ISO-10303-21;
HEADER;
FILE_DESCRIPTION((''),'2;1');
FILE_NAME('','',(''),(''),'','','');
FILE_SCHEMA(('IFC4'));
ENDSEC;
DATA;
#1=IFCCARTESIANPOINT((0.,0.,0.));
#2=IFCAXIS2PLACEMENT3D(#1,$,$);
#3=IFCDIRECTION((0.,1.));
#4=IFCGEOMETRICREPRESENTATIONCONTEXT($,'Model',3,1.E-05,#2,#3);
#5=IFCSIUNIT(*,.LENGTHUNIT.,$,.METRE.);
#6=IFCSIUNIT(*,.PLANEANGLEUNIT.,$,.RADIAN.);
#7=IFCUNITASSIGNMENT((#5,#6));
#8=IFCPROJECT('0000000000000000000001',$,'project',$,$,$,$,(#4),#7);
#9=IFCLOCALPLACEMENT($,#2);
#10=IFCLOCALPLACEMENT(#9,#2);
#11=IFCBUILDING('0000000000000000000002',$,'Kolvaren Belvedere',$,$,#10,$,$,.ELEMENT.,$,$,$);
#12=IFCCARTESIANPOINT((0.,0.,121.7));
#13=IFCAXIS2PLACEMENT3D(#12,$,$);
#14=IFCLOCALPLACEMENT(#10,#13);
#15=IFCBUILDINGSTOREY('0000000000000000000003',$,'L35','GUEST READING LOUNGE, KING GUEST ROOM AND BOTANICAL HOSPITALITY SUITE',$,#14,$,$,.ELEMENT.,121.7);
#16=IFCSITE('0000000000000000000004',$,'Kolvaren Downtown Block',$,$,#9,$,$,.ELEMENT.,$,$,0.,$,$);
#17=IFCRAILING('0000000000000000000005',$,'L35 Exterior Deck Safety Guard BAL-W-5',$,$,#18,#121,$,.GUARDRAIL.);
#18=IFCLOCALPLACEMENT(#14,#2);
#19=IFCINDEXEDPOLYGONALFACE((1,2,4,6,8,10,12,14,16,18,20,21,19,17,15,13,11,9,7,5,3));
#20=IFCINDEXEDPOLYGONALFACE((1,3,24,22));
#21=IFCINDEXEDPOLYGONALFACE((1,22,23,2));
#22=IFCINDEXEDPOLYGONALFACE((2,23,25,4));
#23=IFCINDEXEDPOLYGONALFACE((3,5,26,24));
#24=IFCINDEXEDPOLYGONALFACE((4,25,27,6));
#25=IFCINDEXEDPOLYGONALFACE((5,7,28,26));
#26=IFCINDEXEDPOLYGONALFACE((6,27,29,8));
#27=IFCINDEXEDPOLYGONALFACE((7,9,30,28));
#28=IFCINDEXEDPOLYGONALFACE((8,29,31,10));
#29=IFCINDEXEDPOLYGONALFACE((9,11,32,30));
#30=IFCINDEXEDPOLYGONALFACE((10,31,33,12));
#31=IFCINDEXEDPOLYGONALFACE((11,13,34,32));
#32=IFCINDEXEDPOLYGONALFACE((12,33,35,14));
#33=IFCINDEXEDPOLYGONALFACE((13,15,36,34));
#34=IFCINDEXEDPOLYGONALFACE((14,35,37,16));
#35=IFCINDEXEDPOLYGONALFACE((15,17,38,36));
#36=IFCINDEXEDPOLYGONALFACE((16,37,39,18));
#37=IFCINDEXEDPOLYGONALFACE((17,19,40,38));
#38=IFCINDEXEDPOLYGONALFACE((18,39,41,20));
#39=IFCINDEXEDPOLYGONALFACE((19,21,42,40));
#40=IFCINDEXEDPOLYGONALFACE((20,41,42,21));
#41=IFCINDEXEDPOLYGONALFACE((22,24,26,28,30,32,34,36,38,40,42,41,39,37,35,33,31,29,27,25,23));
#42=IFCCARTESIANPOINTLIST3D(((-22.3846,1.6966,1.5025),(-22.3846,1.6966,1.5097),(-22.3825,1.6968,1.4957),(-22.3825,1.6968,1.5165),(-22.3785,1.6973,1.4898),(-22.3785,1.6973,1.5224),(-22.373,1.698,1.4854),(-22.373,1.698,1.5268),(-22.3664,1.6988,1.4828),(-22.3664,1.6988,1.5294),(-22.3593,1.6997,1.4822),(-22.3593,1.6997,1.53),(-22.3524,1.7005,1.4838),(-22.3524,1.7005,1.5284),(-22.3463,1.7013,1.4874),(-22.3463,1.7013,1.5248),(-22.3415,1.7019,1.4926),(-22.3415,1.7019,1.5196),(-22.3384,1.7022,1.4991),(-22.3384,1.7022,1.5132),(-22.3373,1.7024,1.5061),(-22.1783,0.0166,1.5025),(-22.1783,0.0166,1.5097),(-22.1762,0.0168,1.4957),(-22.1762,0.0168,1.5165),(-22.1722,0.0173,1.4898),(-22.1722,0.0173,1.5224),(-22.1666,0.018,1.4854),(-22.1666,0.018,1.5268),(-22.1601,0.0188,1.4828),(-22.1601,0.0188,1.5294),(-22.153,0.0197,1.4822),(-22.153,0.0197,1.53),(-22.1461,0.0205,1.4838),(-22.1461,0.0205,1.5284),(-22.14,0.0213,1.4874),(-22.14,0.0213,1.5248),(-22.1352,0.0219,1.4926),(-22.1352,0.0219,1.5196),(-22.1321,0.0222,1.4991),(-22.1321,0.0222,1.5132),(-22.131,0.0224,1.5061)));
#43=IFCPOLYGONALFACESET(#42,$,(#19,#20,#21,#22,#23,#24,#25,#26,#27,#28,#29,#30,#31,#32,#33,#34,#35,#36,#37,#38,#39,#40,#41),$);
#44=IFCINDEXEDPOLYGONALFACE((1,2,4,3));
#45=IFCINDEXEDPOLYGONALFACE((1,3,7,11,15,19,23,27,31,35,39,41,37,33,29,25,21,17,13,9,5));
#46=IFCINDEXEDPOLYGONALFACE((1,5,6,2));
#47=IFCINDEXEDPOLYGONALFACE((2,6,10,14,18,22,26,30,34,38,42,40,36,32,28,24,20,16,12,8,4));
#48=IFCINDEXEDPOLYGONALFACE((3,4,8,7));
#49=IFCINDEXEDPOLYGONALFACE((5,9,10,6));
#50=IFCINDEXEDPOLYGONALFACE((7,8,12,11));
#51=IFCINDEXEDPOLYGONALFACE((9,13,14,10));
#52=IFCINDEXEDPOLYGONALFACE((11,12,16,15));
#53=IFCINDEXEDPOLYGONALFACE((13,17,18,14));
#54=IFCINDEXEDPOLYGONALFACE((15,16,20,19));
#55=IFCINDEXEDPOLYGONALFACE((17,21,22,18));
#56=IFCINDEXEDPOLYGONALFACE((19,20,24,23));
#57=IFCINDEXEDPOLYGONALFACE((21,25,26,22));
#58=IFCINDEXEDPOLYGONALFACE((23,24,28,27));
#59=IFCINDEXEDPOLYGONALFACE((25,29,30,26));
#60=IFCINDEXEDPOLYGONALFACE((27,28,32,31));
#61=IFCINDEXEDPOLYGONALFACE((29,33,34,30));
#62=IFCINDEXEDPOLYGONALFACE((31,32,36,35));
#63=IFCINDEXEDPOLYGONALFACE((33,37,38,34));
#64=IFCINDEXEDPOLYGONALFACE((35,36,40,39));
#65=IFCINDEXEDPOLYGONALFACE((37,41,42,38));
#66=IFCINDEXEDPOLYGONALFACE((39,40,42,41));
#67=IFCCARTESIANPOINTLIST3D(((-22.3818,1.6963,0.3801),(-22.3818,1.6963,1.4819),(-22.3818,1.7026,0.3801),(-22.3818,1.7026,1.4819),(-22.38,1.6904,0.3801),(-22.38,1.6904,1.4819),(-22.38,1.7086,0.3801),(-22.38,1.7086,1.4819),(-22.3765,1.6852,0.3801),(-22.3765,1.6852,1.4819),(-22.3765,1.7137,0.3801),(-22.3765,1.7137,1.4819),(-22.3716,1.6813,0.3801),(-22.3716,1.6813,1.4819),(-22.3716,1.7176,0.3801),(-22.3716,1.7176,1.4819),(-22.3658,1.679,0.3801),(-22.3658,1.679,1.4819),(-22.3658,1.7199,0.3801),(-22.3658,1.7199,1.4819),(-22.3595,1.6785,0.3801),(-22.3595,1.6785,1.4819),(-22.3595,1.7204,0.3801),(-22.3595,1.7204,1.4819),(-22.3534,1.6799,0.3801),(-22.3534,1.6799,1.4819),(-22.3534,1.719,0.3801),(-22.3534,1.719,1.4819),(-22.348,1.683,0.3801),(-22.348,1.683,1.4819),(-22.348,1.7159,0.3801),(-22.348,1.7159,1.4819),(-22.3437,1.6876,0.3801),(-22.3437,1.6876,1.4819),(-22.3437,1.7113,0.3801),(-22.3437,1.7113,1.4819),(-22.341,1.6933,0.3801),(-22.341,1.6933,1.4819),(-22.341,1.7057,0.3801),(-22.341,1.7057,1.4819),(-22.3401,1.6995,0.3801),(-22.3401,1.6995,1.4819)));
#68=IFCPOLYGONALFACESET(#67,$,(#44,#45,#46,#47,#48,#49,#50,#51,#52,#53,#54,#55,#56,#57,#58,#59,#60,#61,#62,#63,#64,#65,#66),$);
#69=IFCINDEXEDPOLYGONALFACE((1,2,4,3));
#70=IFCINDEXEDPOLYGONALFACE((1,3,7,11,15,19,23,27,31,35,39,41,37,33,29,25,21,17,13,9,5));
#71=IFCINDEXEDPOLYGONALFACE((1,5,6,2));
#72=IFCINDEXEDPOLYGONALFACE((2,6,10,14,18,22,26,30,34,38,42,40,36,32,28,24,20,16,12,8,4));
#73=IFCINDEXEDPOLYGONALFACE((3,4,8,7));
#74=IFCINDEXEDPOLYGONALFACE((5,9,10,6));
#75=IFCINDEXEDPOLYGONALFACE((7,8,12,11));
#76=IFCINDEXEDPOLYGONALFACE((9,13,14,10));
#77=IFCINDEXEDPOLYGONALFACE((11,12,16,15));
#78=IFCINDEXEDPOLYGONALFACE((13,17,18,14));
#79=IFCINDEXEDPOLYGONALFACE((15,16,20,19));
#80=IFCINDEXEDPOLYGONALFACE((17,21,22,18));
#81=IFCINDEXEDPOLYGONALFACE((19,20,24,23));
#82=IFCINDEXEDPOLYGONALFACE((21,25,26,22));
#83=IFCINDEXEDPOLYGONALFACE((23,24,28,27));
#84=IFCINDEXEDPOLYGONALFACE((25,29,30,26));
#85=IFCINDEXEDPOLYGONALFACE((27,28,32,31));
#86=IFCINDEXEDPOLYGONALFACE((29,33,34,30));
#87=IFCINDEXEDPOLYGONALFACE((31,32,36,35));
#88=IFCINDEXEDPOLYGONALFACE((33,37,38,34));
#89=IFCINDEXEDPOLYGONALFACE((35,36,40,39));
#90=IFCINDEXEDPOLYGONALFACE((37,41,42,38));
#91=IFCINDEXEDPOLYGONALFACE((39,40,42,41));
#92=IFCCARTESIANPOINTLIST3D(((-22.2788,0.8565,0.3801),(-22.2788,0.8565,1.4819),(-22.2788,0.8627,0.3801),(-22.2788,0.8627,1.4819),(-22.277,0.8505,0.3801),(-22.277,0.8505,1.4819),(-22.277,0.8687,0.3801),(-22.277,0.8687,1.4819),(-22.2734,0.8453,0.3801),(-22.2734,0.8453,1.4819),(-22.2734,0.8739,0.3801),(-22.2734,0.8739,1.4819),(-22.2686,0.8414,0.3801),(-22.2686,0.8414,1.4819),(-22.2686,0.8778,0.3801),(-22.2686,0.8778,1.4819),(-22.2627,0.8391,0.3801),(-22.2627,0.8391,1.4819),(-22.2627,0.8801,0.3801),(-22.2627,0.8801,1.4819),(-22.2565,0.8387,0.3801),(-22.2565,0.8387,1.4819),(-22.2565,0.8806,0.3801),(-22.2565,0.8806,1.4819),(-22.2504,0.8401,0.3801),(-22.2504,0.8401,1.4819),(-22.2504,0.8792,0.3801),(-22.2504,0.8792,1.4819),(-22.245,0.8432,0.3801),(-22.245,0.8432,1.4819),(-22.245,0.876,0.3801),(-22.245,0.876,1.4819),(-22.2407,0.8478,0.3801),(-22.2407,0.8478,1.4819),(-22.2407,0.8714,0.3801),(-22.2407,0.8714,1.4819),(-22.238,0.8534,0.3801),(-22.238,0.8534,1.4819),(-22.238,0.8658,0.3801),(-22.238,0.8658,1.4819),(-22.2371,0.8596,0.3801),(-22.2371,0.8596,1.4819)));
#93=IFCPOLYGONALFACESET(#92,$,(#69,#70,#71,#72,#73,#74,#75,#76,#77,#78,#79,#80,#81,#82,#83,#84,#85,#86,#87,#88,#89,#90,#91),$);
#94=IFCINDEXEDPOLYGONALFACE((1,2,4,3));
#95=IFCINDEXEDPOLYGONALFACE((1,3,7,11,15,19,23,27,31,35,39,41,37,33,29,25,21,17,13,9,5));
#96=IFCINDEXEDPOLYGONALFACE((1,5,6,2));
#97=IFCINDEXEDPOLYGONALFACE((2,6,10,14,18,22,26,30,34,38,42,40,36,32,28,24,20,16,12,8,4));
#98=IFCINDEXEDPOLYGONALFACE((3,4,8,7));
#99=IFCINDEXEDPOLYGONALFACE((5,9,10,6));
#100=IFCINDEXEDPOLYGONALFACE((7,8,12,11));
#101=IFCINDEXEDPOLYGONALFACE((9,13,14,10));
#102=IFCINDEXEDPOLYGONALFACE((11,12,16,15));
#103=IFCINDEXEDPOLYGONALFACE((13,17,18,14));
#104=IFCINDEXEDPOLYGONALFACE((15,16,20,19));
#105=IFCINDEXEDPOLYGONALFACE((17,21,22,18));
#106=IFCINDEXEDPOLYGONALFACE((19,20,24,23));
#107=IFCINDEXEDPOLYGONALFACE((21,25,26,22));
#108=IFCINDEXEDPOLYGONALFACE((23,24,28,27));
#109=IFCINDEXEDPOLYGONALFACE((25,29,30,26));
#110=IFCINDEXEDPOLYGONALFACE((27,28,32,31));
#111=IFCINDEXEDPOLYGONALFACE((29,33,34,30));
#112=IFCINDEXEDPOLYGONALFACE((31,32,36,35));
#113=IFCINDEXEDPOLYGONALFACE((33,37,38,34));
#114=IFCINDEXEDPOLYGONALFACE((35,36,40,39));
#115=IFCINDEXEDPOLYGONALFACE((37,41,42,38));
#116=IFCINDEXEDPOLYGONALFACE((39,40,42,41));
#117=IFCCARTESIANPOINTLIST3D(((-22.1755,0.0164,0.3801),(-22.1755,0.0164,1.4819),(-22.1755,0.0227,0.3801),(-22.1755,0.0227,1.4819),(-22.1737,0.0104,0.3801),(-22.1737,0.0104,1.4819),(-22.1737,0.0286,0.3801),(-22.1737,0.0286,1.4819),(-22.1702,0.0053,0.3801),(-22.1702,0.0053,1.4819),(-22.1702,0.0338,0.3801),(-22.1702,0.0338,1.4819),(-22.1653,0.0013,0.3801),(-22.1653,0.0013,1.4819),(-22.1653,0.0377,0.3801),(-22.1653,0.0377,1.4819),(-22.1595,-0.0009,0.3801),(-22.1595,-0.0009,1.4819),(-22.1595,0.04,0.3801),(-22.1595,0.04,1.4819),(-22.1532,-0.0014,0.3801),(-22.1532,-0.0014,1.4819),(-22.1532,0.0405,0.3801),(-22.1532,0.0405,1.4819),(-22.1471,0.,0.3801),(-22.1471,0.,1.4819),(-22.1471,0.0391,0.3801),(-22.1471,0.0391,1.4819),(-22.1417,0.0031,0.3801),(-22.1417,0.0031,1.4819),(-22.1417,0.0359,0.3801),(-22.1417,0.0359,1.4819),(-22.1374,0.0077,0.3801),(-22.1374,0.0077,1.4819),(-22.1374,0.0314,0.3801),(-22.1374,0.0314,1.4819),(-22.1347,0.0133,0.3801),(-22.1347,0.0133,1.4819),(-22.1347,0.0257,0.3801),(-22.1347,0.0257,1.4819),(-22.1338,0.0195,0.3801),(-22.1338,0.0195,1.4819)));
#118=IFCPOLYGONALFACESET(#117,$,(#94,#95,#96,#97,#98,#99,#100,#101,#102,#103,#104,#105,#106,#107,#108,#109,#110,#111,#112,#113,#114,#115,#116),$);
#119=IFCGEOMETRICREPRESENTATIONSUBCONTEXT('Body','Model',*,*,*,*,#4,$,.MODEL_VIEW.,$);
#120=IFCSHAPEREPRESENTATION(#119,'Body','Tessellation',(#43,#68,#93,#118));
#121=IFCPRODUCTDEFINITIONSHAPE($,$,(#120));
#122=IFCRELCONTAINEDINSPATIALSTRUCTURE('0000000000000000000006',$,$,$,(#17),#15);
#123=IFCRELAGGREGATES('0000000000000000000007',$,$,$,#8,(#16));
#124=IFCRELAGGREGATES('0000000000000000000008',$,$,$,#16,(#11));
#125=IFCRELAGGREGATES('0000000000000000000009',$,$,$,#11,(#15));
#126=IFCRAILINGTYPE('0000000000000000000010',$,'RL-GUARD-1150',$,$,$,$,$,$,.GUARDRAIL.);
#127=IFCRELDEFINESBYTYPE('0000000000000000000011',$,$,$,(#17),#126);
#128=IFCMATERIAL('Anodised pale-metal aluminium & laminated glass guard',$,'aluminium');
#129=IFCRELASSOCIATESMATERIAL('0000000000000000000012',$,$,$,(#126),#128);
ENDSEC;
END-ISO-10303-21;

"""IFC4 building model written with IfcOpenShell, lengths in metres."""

from ifc_helpers import new_model, si_unit, direction, frame, origin, origin_2d, place, context, subcontext, project, spatial, circle, extrude, material, type_object, element, save


model = new_model("IFC4")

# Units and contexts
model_context = context("Model", 3, precision=1e-05, world=origin(), true_north=direction((0.0, 1.0)))
body_context = subcontext(model_context, "Body", "Model", "MODEL_VIEW")
ifc_project = project(units=[si_unit("LENGTHUNIT", "METRE"), si_unit("PLANEANGLEUNIT", "RADIAN")], contexts=[model_context])

# Site, building, storey
site_placement = place(None, origin())
site = spatial("IfcSite", under=ifc_project, at=site_placement, Name="Kolvaren Downtown Block", CompositionType="ELEMENT", RefElevation=0.0)
building_placement = place(site_placement, origin())
building = spatial("IfcBuilding", under=site, at=building_placement, Name="Kolvaren Belvedere", CompositionType="ELEMENT")
storey_placement = place(building_placement, frame((0.0, 0.0, 121.7)))
storey = spatial("IfcBuildingStorey", under=building, at=storey_placement, Name="L35", Description="GUEST READING LOUNGE, KING GUEST ROOM AND BOTANICAL HOSPITALITY SUITE", CompositionType="ELEMENT", Elevation=121.7)

# Railing
ifc_material_1 = material(Name="Anodised pale-metal aluminium & laminated glass guard", Category="aluminium")
railing_type = type_object("IfcRailingType", Name="RL-GUARD-1150", PredefinedType="GUARDRAIL", material=ifc_material_1)
railing_1_placement = place(storey_placement, frame((-22.3611, 1.6995, 0.3801)))
element("IfcRailing", 1, at=railing_1_placement, inside=storey, type_object=railing_type, Name="L35 Exterior Deck Safety Guard BAL-W-5", PredefinedType="GUARDRAIL", context=body_context, shape_type="SweptSolid", body=[
    extrude(circle(Radius=0.0239, at=origin_2d()), frame((0.0, 0.0, 1.126), z_axis=(0.121886, -0.992544, 0.0), x_axis=(0.992544, 0.121886, 0.0)), (0.0, 0.0, 1.0), 1.6926),
    extrude(circle(Radius=0.021, at=origin_2d()), origin(), (0.0, 0.0, 1.0), 1.1018),
    extrude(circle(Radius=0.021, at=origin_2d()), frame((0.103, -0.8398, 0.0)), (0.0, 0.0, 1.0), 1.1018),
    extrude(circle(Radius=0.021, at=origin_2d()), frame((0.2063, -1.6799, 0.0)), (0.0, 0.0, 1.0), 1.1018),
])

save(model, "model.ifc")
